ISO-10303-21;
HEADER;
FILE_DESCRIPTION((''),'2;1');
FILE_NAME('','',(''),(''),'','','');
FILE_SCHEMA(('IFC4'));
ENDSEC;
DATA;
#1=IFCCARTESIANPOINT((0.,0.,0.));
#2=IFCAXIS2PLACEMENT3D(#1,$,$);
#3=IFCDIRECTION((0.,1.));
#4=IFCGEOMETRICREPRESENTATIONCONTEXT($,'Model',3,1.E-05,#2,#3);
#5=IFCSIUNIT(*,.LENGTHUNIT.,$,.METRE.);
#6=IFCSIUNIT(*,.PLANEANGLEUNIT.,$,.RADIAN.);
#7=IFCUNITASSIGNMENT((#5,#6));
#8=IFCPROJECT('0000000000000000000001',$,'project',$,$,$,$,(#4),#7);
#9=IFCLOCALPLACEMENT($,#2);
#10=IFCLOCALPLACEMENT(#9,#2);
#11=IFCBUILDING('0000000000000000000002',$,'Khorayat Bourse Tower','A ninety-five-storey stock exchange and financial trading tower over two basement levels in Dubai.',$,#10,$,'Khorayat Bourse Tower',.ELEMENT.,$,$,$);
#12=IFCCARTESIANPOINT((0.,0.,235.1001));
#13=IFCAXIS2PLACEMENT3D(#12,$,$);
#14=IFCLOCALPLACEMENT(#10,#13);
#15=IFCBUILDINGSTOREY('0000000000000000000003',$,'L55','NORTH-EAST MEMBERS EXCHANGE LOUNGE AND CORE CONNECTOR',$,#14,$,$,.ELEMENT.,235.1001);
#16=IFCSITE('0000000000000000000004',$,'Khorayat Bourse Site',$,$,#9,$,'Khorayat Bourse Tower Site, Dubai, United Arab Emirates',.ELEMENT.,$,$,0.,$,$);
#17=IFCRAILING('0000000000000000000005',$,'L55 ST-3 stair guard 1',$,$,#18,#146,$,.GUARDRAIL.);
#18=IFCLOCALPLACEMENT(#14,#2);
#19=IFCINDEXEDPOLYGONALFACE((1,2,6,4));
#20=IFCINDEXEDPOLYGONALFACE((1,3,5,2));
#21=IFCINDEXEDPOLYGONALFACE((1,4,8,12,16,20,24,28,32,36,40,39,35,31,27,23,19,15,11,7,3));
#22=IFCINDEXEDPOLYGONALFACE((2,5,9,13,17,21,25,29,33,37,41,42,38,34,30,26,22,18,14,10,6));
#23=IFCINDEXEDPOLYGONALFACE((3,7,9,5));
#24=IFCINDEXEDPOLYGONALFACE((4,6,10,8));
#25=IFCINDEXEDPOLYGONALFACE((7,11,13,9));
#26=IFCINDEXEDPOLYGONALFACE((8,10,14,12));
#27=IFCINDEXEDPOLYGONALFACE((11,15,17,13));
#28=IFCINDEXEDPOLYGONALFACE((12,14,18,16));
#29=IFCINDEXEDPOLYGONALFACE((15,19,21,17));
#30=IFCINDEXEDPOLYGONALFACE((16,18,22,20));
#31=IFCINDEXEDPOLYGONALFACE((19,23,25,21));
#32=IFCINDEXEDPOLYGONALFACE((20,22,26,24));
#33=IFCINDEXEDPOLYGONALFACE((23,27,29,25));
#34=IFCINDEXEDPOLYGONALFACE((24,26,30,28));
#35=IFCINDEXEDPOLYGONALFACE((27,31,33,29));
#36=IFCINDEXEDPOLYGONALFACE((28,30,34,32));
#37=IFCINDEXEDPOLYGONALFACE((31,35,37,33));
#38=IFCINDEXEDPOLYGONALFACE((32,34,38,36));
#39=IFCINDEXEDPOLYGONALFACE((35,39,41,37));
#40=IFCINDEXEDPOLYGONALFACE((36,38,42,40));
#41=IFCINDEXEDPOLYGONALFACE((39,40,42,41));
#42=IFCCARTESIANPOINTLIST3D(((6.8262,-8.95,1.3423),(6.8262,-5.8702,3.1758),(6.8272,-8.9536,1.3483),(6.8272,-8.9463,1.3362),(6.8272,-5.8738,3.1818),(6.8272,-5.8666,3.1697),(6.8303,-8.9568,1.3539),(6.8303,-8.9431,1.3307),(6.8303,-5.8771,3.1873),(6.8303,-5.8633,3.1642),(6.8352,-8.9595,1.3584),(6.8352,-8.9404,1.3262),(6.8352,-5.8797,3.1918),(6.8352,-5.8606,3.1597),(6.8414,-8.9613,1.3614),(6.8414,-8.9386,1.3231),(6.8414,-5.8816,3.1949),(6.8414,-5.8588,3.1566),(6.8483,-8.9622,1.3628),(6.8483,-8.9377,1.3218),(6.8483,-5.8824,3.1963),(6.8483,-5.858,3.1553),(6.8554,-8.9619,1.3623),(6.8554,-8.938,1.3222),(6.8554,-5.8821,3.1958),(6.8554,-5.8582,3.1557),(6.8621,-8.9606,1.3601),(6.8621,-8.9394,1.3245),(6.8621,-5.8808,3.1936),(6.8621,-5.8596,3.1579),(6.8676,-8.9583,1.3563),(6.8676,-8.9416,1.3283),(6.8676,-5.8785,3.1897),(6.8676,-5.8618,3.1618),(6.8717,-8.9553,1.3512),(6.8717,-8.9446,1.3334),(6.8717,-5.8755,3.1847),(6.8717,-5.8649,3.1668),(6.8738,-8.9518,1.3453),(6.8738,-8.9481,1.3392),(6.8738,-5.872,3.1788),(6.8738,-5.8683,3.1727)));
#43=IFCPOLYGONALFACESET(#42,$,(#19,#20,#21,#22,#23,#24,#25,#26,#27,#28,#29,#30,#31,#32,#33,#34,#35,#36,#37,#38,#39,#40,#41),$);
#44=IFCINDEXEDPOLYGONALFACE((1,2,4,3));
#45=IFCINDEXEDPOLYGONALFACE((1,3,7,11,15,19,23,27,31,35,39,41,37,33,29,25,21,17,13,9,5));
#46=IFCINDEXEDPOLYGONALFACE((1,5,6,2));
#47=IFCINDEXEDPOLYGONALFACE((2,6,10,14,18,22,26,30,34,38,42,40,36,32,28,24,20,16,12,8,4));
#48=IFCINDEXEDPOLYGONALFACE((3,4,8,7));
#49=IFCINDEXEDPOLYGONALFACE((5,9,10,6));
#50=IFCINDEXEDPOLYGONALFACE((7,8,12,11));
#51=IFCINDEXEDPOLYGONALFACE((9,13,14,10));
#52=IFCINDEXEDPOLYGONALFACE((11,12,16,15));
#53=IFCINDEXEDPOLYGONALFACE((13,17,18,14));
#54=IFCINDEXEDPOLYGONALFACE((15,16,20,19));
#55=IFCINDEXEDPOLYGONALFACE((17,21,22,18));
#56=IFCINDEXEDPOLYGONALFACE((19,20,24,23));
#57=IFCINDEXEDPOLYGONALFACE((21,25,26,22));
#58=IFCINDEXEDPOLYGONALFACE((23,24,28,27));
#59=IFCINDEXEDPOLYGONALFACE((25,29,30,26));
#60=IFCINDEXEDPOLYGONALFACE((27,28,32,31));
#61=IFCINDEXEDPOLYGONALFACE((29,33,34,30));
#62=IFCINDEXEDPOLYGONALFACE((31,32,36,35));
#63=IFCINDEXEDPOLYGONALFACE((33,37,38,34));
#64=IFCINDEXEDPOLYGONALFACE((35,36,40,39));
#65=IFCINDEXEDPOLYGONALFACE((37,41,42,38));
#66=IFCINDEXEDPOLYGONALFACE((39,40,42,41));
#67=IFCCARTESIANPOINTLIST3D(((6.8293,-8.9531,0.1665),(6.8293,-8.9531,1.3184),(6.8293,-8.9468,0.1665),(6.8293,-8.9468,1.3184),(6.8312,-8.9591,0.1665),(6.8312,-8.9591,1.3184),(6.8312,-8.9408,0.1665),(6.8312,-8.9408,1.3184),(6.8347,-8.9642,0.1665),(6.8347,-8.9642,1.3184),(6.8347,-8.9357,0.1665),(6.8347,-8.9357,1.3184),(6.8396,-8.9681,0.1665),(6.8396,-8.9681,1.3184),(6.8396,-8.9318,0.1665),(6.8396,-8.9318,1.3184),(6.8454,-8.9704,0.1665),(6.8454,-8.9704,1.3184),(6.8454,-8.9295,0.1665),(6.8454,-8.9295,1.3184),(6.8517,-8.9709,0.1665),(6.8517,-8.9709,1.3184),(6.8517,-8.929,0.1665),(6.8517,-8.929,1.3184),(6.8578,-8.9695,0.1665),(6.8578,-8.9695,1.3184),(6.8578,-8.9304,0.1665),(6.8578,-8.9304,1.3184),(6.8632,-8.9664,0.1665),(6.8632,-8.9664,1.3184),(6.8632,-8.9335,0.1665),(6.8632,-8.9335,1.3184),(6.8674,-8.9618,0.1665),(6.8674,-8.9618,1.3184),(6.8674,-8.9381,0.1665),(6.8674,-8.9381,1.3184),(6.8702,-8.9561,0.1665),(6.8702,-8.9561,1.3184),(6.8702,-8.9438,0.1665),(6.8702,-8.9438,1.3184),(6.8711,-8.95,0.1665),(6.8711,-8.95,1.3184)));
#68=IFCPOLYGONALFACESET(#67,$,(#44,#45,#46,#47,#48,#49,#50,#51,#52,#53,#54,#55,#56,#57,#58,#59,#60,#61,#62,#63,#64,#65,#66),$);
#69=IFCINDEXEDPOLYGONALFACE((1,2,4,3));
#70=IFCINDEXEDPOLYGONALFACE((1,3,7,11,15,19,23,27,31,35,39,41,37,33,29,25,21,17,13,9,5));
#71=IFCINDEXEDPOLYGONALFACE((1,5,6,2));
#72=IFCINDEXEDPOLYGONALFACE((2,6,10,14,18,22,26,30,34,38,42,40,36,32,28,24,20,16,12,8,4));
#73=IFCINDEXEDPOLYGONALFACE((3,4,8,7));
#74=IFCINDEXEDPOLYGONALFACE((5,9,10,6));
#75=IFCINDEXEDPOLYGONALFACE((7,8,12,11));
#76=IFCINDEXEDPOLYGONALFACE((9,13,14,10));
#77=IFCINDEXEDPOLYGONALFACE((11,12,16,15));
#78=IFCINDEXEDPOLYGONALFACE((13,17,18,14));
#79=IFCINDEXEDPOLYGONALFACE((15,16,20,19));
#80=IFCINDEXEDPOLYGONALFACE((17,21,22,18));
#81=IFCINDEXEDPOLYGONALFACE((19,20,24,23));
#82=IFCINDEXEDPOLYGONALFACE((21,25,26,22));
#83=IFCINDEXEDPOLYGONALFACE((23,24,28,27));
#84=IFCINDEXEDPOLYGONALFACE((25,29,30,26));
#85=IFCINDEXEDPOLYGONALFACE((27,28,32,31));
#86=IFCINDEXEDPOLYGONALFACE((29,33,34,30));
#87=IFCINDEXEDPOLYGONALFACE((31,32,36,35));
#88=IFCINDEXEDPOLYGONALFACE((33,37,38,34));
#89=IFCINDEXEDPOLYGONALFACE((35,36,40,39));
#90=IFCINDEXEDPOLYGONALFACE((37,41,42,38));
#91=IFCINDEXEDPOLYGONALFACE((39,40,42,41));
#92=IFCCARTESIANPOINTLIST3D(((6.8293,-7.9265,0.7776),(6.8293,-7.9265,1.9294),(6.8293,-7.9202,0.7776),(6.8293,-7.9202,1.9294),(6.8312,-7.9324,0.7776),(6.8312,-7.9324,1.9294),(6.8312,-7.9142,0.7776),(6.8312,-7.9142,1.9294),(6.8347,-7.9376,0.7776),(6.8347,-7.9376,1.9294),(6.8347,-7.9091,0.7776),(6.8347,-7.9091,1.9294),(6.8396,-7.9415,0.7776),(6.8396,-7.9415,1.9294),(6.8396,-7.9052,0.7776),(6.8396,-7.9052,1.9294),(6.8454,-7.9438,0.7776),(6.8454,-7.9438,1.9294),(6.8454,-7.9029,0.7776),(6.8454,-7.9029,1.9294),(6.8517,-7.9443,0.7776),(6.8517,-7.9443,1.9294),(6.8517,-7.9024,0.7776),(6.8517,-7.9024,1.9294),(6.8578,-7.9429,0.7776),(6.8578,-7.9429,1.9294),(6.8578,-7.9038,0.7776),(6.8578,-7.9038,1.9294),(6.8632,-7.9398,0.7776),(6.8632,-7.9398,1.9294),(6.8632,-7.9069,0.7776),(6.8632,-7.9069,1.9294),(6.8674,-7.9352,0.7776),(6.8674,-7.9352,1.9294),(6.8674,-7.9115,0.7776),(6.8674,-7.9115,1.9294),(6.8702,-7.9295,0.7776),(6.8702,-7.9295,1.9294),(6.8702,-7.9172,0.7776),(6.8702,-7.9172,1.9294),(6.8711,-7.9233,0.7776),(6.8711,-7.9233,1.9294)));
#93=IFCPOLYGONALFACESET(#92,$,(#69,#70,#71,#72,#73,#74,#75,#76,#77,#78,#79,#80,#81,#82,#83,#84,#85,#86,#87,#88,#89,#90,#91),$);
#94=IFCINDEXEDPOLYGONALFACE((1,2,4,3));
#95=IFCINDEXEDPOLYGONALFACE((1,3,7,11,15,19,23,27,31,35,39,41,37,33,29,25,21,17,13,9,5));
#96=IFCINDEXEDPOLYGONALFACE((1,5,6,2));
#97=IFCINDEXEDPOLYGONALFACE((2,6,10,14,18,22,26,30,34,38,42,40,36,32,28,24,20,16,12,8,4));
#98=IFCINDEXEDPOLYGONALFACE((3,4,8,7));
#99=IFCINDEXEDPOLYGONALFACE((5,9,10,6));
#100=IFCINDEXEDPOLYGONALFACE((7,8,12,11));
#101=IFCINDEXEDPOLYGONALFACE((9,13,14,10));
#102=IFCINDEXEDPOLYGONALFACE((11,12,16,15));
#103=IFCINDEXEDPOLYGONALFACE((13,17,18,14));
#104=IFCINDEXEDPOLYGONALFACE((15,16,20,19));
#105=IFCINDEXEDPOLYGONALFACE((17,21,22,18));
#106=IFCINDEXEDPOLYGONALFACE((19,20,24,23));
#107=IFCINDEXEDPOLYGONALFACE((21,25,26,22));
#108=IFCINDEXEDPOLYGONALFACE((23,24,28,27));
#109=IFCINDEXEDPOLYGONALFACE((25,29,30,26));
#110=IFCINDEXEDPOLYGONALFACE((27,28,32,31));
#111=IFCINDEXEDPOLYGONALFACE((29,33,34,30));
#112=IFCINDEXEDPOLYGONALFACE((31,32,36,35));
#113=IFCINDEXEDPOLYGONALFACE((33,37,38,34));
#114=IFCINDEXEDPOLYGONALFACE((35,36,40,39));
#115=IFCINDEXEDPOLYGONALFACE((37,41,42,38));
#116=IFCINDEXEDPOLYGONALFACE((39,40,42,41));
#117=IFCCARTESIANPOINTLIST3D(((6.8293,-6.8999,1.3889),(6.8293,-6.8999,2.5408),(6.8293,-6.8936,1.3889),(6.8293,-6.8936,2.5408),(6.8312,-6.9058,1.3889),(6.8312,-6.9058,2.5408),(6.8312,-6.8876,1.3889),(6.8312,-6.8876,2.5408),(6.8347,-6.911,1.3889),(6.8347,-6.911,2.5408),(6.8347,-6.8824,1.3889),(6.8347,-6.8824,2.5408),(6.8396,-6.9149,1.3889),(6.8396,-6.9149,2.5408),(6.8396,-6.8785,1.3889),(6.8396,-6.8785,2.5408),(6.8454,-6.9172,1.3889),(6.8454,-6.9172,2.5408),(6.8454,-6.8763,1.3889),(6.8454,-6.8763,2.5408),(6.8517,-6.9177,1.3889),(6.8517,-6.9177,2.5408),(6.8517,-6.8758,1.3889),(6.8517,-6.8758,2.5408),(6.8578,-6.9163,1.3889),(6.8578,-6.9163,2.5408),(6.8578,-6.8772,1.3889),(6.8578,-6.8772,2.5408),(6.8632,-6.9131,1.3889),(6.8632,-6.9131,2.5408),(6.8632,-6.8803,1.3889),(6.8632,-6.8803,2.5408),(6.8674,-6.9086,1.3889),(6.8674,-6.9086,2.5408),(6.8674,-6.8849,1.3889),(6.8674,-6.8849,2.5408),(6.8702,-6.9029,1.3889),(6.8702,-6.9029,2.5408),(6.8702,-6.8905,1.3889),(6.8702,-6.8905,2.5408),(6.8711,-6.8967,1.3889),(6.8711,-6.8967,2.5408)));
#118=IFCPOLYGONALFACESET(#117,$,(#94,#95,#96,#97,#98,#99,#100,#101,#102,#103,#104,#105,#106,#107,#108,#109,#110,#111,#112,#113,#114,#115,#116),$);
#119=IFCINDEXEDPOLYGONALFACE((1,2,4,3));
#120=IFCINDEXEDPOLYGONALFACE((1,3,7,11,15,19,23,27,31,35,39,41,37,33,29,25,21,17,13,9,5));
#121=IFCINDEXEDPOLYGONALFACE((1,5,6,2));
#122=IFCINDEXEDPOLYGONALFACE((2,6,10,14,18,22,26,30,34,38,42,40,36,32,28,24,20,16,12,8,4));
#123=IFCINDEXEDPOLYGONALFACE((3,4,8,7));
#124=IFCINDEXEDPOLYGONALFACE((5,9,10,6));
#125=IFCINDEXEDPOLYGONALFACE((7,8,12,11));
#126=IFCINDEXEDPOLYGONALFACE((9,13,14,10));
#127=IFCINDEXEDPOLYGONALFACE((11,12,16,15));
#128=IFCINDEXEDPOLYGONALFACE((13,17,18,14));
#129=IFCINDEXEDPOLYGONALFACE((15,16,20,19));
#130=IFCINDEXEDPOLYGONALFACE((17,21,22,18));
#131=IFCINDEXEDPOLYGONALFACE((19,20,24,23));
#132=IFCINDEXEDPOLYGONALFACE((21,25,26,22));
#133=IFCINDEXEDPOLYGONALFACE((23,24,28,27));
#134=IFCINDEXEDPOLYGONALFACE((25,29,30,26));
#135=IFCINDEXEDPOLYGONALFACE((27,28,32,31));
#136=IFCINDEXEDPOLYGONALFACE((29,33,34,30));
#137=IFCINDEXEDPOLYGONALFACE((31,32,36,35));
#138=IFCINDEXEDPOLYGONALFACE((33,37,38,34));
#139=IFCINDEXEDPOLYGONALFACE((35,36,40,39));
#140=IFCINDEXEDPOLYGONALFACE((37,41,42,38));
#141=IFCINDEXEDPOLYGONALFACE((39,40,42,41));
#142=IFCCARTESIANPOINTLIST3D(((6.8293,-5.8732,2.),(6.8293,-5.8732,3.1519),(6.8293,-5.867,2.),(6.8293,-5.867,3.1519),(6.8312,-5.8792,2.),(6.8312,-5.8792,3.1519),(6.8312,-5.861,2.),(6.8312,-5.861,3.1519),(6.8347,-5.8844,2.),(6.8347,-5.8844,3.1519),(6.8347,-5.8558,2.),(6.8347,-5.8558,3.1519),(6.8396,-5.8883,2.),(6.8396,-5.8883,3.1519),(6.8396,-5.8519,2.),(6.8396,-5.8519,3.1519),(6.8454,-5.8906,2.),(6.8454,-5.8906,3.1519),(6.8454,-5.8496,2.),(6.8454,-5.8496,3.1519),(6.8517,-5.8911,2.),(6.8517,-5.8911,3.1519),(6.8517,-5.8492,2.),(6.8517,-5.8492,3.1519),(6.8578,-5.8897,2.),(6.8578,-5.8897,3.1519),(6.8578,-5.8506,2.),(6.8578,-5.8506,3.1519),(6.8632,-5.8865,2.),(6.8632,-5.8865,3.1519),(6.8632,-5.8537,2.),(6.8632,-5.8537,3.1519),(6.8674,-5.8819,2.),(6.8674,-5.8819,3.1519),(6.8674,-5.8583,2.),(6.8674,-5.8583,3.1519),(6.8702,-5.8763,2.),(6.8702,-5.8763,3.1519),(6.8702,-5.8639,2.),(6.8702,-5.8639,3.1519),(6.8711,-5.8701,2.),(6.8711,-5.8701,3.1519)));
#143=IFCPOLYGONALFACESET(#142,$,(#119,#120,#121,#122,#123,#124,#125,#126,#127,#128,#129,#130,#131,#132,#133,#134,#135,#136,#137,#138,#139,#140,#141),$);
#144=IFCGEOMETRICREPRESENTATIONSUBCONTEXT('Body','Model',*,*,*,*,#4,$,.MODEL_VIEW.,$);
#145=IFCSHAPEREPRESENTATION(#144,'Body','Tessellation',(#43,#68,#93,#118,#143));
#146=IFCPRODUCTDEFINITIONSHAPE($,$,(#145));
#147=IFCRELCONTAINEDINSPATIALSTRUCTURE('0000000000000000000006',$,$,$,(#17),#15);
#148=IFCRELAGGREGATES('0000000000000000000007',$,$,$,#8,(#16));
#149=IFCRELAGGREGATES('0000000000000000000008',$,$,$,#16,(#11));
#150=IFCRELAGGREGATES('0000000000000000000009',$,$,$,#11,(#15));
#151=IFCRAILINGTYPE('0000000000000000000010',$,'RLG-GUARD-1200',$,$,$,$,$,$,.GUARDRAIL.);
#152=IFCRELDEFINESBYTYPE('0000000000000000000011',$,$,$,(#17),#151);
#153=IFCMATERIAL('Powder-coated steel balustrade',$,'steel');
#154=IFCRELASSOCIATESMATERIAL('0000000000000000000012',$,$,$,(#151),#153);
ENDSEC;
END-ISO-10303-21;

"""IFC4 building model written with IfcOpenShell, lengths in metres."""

from ifc_helpers import new_model, si_unit, direction, frame, origin, origin_2d, place, context, subcontext, project, spatial, circle, extrude, source, transform, mapped, material, type_object, element, save


model = new_model("IFC4")

# Units and contexts
model_context = context("Model", 3, precision=1e-05, world=origin(), true_north=direction((0.0, 1.0)))
body_context = subcontext(model_context, "Body", "Model", "MODEL_VIEW")
ifc_project = project(units=[si_unit("LENGTHUNIT", "METRE"), si_unit("PLANEANGLEUNIT", "RADIAN")], contexts=[model_context])

# Site, building, storey
site_placement = place(None, origin())
site = spatial("IfcSite", under=ifc_project, at=site_placement, Name="Khorayat Bourse Site", LongName="Khorayat Bourse Tower Site, Dubai, United Arab Emirates", CompositionType="ELEMENT", RefElevation=0.0)
building_placement = place(site_placement, origin())
building = spatial("IfcBuilding", under=site, at=building_placement, Name="Khorayat Bourse Tower", Description="A ninety-five-storey stock exchange and financial trading tower over two basement levels in Dubai.", LongName="Khorayat Bourse Tower", CompositionType="ELEMENT")
storey_placement = place(building_placement, frame((0.0, 0.0, 235.1001)))
storey = spatial("IfcBuildingStorey", under=building, at=storey_placement, Name="L55", Description="NORTH-EAST MEMBERS EXCHANGE LOUNGE AND CORE CONNECTOR", CompositionType="ELEMENT", Elevation=235.1001)

# Railing
ifc_material_1 = material(Name="Powder-coated steel balustrade", Category="steel")
railing_type_1 = type_object("IfcRailingType", Name="RLG-GUARD-1200", PredefinedType="GUARDRAIL", material=ifc_material_1)
shared_shape_1 = source(origin(), body_context, "Body", "SweptSolid", [
    extrude(circle(Radius=0.0239, at=origin_2d()), frame((0.0, 0.0, 1.1758), z_axis=(0.0, 0.859261, 0.511538), x_axis=(-1.0, 0.0, 0.0)), (0.0, 0.0, 1.0), 3.5842),
    extrude(circle(Radius=0.021, at=origin_2d()), origin(), (0.0, 0.0, 1.0), 1.1519),
    extrude(circle(Radius=0.021, at=origin_2d()), frame((0.0, 1.0266, 0.6111)), (0.0, 0.0, 1.0), 1.1519),
    extrude(circle(Radius=0.021, at=origin_2d()), frame((0.0, 2.0532, 1.2224)), (0.0, 0.0, 1.0), 1.1519),
    extrude(circle(Radius=0.021, at=origin_2d()), frame((0.0, 3.0798, 1.8335)), (0.0, 0.0, 1.0), 1.1519),
])
railing_1_placement = place(storey_placement, frame((6.8501, -8.95, 0.1665)))
element("IfcRailing", 1, at=railing_1_placement, inside=storey, type_object=railing_type_1, Name="L55 ST-3 stair guard 1", PredefinedType="GUARDRAIL", context=body_context, shape_type="MappedRepresentation", body=[
    mapped(shared_shape_1, transform((0.0, 0.0, 0.0), scale=1.0)),
])

save(model, "model.ifc")
